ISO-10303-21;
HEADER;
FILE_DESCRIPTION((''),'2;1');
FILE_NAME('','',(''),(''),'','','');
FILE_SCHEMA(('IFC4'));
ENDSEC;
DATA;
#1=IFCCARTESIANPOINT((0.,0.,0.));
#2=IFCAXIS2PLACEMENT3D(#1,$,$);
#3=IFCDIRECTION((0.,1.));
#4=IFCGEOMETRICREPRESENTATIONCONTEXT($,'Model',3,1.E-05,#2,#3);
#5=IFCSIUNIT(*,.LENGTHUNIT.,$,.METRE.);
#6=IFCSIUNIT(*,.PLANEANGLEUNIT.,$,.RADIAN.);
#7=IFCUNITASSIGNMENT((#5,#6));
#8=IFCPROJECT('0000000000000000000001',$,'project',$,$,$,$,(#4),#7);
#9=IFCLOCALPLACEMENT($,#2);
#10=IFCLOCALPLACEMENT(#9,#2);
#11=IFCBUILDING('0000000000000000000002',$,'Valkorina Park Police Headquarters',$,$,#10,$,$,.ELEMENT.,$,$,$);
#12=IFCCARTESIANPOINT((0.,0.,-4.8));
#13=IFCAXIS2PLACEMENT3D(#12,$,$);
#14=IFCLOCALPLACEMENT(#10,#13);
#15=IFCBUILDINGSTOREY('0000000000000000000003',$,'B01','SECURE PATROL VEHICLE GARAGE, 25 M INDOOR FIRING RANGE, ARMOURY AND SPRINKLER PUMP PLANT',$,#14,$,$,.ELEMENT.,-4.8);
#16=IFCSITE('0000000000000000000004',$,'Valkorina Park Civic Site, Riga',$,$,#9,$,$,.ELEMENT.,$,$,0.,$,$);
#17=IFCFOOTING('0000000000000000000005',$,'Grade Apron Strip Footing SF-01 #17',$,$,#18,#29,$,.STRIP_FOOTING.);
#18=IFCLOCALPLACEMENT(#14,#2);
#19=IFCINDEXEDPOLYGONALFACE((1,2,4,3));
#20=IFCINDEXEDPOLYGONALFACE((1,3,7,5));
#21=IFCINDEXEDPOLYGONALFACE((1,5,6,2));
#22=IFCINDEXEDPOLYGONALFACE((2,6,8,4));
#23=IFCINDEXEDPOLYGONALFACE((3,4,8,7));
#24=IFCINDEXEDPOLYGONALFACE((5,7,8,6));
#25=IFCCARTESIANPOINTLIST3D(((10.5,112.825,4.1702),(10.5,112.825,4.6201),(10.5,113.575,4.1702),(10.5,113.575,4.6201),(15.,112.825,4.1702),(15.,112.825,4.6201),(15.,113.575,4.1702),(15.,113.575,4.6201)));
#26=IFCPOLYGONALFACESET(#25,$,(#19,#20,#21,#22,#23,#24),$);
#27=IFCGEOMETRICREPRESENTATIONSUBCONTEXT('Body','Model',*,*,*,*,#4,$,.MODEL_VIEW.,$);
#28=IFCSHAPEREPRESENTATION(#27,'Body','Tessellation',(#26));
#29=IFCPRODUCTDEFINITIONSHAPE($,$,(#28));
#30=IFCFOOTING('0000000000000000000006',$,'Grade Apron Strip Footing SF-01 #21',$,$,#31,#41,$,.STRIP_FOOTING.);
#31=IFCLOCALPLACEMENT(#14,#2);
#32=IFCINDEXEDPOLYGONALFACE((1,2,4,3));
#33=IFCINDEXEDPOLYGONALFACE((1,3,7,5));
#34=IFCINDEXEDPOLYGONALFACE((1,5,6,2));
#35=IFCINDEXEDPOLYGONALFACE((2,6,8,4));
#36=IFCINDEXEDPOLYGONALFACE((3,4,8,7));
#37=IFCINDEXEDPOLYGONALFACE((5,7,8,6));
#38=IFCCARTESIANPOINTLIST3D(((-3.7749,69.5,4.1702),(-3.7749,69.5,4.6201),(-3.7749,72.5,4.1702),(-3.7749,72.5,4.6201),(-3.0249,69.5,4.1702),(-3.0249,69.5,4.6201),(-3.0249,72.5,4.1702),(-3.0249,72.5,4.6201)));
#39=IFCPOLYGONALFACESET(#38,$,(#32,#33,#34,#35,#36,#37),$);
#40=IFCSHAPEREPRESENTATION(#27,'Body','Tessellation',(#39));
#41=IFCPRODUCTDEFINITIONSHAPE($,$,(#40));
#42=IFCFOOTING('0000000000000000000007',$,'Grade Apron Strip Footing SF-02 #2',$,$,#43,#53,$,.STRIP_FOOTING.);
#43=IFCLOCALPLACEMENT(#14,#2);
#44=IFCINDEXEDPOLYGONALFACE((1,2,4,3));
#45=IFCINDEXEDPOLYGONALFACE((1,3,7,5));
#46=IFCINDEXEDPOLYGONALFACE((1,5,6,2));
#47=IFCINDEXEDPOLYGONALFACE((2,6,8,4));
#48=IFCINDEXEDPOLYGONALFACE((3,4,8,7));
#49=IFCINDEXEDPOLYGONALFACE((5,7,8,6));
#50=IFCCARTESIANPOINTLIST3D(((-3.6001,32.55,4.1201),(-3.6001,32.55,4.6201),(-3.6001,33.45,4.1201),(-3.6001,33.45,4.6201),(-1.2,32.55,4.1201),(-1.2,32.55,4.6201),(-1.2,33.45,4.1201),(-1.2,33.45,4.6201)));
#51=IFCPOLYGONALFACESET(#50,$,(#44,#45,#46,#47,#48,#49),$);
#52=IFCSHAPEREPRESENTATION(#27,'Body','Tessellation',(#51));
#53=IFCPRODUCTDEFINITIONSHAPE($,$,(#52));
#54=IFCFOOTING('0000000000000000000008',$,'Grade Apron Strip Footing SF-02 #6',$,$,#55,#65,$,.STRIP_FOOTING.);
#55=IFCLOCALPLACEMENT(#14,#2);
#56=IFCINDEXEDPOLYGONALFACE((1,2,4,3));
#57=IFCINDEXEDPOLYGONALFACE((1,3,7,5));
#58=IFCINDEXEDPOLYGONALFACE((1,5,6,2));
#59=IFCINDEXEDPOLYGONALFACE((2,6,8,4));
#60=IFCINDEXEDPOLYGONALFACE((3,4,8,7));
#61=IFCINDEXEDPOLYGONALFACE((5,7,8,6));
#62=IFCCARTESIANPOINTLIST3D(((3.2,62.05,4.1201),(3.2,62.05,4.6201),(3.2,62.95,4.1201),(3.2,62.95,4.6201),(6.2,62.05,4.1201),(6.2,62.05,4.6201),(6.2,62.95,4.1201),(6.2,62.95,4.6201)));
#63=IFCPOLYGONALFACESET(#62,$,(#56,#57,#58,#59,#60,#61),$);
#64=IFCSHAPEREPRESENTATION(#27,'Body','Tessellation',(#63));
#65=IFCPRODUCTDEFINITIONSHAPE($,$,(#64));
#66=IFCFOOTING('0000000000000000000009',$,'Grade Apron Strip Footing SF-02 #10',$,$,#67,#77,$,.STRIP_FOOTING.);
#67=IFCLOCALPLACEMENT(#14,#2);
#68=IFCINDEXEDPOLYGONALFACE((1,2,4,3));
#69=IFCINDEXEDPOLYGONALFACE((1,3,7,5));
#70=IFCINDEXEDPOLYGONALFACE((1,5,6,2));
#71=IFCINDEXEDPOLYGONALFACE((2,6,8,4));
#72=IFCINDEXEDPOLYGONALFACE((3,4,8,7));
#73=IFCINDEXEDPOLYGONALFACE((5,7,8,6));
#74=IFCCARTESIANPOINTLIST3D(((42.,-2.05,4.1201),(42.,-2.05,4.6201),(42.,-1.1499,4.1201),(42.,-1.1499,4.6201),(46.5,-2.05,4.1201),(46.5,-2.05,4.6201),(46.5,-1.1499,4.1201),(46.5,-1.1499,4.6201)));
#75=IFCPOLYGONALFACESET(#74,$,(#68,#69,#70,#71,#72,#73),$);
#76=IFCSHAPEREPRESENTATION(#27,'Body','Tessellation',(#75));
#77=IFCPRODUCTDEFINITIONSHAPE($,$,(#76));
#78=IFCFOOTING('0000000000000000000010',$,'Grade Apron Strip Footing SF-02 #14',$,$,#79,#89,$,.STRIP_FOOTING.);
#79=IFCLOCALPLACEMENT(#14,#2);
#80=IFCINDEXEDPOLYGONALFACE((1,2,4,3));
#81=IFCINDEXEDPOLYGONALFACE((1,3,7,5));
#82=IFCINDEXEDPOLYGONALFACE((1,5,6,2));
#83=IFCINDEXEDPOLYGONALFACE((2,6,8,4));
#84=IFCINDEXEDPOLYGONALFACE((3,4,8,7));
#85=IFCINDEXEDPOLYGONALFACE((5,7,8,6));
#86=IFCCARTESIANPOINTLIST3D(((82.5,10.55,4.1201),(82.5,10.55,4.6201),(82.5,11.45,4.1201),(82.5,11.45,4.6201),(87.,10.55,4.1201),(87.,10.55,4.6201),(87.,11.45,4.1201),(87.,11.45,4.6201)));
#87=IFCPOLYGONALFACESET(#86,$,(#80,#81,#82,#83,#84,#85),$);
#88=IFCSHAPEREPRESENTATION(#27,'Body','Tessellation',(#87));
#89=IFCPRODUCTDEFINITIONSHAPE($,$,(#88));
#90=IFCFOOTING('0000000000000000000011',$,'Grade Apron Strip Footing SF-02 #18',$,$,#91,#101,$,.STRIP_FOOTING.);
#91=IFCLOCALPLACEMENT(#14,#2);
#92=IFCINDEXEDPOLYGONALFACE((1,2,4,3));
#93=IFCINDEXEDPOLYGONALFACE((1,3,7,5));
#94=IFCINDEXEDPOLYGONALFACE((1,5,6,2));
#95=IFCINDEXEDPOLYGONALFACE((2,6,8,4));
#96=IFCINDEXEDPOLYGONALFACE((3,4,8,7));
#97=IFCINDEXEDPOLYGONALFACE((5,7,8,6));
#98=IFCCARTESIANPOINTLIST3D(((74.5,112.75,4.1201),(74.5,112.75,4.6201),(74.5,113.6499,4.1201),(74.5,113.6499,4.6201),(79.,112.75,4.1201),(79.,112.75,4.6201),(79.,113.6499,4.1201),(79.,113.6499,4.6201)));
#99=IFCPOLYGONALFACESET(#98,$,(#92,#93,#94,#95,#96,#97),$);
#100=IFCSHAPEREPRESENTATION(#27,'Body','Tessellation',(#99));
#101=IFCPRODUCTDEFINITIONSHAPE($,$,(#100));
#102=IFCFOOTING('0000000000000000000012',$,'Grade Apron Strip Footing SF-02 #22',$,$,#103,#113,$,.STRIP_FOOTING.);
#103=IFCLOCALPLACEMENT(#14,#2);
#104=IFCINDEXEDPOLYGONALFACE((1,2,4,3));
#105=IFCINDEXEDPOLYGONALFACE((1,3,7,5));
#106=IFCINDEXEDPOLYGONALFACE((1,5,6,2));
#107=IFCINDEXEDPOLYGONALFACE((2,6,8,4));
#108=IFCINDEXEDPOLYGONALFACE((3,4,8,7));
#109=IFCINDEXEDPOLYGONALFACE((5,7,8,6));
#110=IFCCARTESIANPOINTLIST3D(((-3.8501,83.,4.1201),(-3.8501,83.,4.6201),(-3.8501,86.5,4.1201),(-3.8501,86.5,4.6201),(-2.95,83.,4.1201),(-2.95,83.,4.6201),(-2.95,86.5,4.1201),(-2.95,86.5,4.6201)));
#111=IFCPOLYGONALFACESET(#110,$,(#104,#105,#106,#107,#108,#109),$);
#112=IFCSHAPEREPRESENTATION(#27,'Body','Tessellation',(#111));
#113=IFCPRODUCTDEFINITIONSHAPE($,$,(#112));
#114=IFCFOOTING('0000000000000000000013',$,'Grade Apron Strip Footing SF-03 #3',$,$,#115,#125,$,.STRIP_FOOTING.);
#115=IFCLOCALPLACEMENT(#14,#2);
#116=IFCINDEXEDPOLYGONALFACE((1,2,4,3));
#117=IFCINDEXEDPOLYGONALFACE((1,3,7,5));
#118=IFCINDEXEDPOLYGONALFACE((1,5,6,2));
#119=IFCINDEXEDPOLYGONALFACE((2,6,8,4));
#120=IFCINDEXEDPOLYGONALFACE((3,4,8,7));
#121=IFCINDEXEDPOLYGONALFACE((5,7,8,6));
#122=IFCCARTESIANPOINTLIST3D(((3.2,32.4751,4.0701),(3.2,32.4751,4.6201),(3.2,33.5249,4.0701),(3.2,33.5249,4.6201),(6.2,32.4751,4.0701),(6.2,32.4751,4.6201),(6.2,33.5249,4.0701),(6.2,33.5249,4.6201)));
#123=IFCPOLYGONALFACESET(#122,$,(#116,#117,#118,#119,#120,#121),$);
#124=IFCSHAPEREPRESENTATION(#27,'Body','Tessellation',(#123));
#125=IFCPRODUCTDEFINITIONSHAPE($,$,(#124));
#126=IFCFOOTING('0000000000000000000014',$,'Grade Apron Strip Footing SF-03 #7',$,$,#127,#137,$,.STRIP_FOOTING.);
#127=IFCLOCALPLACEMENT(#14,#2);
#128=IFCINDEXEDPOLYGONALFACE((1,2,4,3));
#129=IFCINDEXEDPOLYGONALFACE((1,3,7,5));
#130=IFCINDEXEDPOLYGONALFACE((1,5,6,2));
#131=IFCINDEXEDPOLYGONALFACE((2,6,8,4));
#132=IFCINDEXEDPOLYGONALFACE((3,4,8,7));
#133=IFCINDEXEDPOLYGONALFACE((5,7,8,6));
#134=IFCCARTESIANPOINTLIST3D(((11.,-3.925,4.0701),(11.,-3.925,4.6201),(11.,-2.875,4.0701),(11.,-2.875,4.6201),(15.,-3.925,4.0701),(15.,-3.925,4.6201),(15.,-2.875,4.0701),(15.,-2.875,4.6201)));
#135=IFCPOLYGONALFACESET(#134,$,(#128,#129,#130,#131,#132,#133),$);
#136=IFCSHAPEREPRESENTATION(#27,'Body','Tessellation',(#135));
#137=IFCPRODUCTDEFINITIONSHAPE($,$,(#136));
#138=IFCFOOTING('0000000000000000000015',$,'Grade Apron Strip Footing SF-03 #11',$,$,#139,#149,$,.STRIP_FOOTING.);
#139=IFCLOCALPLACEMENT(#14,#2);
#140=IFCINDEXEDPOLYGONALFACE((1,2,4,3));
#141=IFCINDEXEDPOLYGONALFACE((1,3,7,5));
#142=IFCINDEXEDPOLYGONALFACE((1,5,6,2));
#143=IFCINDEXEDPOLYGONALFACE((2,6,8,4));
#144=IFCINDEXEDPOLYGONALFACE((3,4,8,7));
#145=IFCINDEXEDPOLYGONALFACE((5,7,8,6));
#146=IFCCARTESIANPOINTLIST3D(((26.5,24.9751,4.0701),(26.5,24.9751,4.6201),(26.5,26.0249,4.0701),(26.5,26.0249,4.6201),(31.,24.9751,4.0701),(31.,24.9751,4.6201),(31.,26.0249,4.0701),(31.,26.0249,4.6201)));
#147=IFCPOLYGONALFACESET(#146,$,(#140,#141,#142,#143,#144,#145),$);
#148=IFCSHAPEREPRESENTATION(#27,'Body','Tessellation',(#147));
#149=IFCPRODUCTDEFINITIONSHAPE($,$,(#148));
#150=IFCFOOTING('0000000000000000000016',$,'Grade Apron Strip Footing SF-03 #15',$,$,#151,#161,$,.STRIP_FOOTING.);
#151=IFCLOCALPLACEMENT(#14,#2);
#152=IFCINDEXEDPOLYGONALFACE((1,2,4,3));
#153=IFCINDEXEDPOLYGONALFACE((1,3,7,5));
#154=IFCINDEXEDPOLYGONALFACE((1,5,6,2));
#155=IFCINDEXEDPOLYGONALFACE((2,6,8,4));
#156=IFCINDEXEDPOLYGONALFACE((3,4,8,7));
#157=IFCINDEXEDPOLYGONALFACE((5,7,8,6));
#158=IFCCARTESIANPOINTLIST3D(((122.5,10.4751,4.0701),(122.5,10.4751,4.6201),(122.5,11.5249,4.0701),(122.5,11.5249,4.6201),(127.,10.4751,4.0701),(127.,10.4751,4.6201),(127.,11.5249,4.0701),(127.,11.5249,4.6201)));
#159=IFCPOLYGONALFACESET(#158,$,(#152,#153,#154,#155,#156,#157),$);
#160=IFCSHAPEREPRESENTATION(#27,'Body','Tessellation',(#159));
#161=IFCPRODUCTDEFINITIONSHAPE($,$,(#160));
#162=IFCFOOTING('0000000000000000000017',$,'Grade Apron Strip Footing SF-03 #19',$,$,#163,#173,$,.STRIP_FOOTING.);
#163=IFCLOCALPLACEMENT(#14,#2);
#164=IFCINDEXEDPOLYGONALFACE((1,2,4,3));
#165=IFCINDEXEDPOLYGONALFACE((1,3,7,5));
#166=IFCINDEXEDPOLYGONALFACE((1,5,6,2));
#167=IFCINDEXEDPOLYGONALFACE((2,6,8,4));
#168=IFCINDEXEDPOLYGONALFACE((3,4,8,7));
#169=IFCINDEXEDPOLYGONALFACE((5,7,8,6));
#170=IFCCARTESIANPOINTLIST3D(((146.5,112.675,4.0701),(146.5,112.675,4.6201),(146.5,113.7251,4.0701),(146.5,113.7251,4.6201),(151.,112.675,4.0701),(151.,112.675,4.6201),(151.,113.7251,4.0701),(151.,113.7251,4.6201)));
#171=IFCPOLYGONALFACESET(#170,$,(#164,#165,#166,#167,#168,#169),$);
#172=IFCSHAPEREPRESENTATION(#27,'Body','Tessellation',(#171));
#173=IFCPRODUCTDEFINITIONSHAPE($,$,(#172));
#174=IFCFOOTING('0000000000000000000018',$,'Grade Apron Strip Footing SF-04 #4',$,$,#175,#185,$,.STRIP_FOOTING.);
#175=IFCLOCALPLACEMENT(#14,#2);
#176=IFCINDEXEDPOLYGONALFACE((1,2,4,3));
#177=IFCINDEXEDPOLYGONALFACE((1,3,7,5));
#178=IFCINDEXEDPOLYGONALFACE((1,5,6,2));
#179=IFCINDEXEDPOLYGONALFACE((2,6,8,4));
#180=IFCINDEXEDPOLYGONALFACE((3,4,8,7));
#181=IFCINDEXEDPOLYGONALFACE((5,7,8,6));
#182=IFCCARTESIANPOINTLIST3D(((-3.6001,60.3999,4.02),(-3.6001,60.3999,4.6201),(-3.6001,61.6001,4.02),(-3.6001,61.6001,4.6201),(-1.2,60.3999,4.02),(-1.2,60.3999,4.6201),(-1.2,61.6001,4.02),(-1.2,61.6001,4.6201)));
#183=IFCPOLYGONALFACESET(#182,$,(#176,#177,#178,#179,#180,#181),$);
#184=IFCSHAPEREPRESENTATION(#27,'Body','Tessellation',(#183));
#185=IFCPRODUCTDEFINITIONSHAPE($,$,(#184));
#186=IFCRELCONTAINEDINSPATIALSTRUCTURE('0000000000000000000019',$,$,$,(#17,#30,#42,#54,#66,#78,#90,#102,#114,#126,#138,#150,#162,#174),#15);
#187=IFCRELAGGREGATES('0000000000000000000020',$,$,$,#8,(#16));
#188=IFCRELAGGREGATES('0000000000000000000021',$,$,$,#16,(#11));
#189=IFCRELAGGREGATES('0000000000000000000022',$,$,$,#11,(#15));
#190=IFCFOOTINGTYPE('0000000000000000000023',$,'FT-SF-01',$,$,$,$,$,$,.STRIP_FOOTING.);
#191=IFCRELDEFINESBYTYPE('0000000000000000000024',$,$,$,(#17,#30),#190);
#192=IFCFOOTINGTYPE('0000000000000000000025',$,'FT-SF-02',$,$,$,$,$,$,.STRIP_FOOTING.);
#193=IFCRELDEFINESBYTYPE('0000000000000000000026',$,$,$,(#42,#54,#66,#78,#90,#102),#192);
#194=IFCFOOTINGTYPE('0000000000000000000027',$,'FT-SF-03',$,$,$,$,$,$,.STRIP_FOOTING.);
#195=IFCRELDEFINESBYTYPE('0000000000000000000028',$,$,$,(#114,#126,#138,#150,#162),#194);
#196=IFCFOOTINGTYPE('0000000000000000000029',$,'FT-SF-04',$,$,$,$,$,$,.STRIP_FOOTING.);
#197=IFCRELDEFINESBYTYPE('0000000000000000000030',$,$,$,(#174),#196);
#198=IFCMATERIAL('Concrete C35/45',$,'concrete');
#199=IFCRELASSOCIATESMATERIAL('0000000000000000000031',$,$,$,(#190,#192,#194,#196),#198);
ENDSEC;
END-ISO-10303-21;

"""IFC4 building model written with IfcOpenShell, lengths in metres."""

from ifc_helpers import new_model, si_unit, direction, frame, origin, origin_2d, place, context, subcontext, project, spatial, polyline, rectangle, outline, extrude, material, material_profile, profile_set, type_object, element, save


model = new_model("IFC4")

# Units and contexts
model_context = context("Model", 3, precision=1e-05, world=origin(), true_north=direction((0.0, 1.0)))
body_context = subcontext(model_context, "Body", "Model", "MODEL_VIEW")
ifc_project = project(units=[si_unit("LENGTHUNIT", "METRE"), si_unit("PLANEANGLEUNIT", "RADIAN")], contexts=[model_context])

# Site, building, storey
site_placement = place(None, origin())
site = spatial("IfcSite", under=ifc_project, at=site_placement, Name="Valkorina Park Civic Site, Riga", CompositionType="ELEMENT", RefElevation=0.0)
building_placement = place(site_placement, origin())
building = spatial("IfcBuilding", under=site, at=building_placement, Name="Valkorina Park Police Headquarters", CompositionType="ELEMENT")
storey_placement = place(building_placement, frame((0.0, 0.0, -4.8)))
storey = spatial("IfcBuildingStorey", under=building, at=storey_placement, Name="B01", Description="SECURE PATROL VEHICLE GARAGE, 25 M INDOOR FIRING RANGE, ARMOURY AND SPRINKLER PUMP PLANT", CompositionType="ELEMENT", Elevation=-4.8)

# Footings
ifc_material_1 = material(Name="Concrete C35/45", Category="concrete")
ifc_material_profile_1 = material_profile(ifc_material_1, rectangle(XDim=0.75, YDim=0.45, at=origin_2d()), Name="SF 750x450")
ifc_profile_set_1 = profile_set([ifc_material_profile_1], Name="Concrete C35/45")
footing_type_1 = type_object("IfcFootingType", Name="FT-SF-01", PredefinedType="STRIP_FOOTING", material=ifc_profile_set_1)
footing_1_placement = place(storey_placement, frame((0.0, 0.0, 4.1702)))
element("IfcFooting", 1, at=footing_1_placement, inside=storey, type_object=footing_type_1, Name="Grade Apron Strip Footing SF-01 #17", PredefinedType="STRIP_FOOTING", context=body_context, shape_type="SweptSolid", body=[
    extrude(outline(polyline([(15.0, 112.825), (15.0, 113.575), (10.5, 113.575), (10.5, 112.825), (15.0, 112.825)])), origin(), (0.0, 0.0, 1.0), 0.45),
])
footing_2_placement = place(storey_placement, frame((0.0, 0.0, 4.1702)))
element("IfcFooting", 2, at=footing_2_placement, inside=storey, type_object=footing_type_1, Name="Grade Apron Strip Footing SF-01 #21", PredefinedType="STRIP_FOOTING", context=body_context, shape_type="SweptSolid", body=[
    extrude(outline(polyline([(-3.0249, 69.5), (-3.0249, 72.5), (-3.7749, 72.5), (-3.7749, 69.5), (-3.0249, 69.5)])), origin(), (0.0, 0.0, 1.0), 0.45),
])
ifc_material_profile_2 = material_profile(ifc_material_1, rectangle(XDim=0.8999, YDim=0.5, at=origin_2d()), Name="SF 900x500")
ifc_profile_set_2 = profile_set([ifc_material_profile_2], Name="Concrete C35/45")
footing_type_2 = type_object("IfcFootingType", Name="FT-SF-02", PredefinedType="STRIP_FOOTING", material=ifc_profile_set_2)
footing_3_placement = place(storey_placement, frame((0.0, 0.0, 4.1201)))
element("IfcFooting", 3, at=footing_3_placement, inside=storey, type_object=footing_type_2, Name="Grade Apron Strip Footing SF-02 #2", PredefinedType="STRIP_FOOTING", context=body_context, shape_type="SweptSolid", body=[
    extrude(outline(polyline([(-1.2, 32.55), (-1.2, 33.45), (-3.6001, 33.45), (-3.6001, 32.55), (-1.2, 32.55)])), origin(), (0.0, 0.0, 1.0), 0.5),
])
footing_4_placement = place(storey_placement, frame((0.0, 0.0, 4.1201)))
element("IfcFooting", 4, at=footing_4_placement, inside=storey, type_object=footing_type_2, Name="Grade Apron Strip Footing SF-02 #6", PredefinedType="STRIP_FOOTING", context=body_context, shape_type="SweptSolid", body=[
    extrude(outline(polyline([(6.2, 62.05), (6.2, 62.95), (3.2, 62.95), (3.2, 62.05), (6.2, 62.05)])), origin(), (0.0, 0.0, 1.0), 0.5),
])
footing_5_placement = place(storey_placement, frame((0.0, 0.0, 4.1201)))
element("IfcFooting", 5, at=footing_5_placement, inside=storey, type_object=footing_type_2, Name="Grade Apron Strip Footing SF-02 #10", PredefinedType="STRIP_FOOTING", context=body_context, shape_type="SweptSolid", body=[
    extrude(outline(polyline([(46.5, -2.05), (46.5, -1.1499), (42.0, -1.1499), (42.0, -2.05), (46.5, -2.05)])), origin(), (0.0, 0.0, 1.0), 0.5),
])
footing_6_placement = place(storey_placement, frame((0.0, 0.0, 4.1201)))
element("IfcFooting", 6, at=footing_6_placement, inside=storey, type_object=footing_type_2, Name="Grade Apron Strip Footing SF-02 #14", PredefinedType="STRIP_FOOTING", context=body_context, shape_type="SweptSolid", body=[
    extrude(outline(polyline([(87.0, 10.55), (87.0, 11.45), (82.5, 11.45), (82.5, 10.55), (87.0, 10.55)])), origin(), (0.0, 0.0, 1.0), 0.5),
])
footing_7_placement = place(storey_placement, frame((0.0, 0.0, 4.1201)))
element("IfcFooting", 7, at=footing_7_placement, inside=storey, type_object=footing_type_2, Name="Grade Apron Strip Footing SF-02 #18", PredefinedType="STRIP_FOOTING", context=body_context, shape_type="SweptSolid", body=[
    extrude(outline(polyline([(79.0, 112.75), (79.0, 113.6499), (74.5, 113.6499), (74.5, 112.75), (79.0, 112.75)])), origin(), (0.0, 0.0, 1.0), 0.5),
])
footing_8_placement = place(storey_placement, frame((0.0, 0.0, 4.1201)))
element("IfcFooting", 8, at=footing_8_placement, inside=storey, type_object=footing_type_2, Name="Grade Apron Strip Footing SF-02 #22", PredefinedType="STRIP_FOOTING", context=body_context, shape_type="SweptSolid", body=[
    extrude(outline(polyline([(-2.95, 83.0), (-2.95, 86.5), (-3.8501, 86.5), (-3.8501, 83.0), (-2.95, 83.0)])), origin(), (0.0, 0.0, 1.0), 0.5),
])
ifc_material_profile_3 = material_profile(ifc_material_1, rectangle(XDim=1.05, YDim=0.55, at=origin_2d()), Name="SF 1050x550")
ifc_profile_set_3 = profile_set([ifc_material_profile_3], Name="Concrete C35/45")
footing_type_3 = type_object("IfcFootingType", Name="FT-SF-03", PredefinedType="STRIP_FOOTING", material=ifc_profile_set_3)
footing_9_placement = place(storey_placement, frame((0.0, 0.0, 4.0701)))
element("IfcFooting", 9, at=footing_9_placement, inside=storey, type_object=footing_type_3, Name="Grade Apron Strip Footing SF-03 #3", PredefinedType="STRIP_FOOTING", context=body_context, shape_type="SweptSolid", body=[
    extrude(outline(polyline([(6.2, 32.4751), (6.2, 33.5249), (3.2, 33.5249), (3.2, 32.4751), (6.2, 32.4751)])), origin(), (0.0, 0.0, 1.0), 0.55),
])
footing_10_placement = place(storey_placement, frame((0.0, 0.0, 4.0701)))
element("IfcFooting", 10, at=footing_10_placement, inside=storey, type_object=footing_type_3, Name="Grade Apron Strip Footing SF-03 #7", PredefinedType="STRIP_FOOTING", context=body_context, shape_type="SweptSolid", body=[
    extrude(outline(polyline([(15.0, -3.925), (15.0, -2.875), (11.0, -2.875), (11.0, -3.925), (15.0, -3.925)])), origin(), (0.0, 0.0, 1.0), 0.55),
])
footing_11_placement = place(storey_placement, frame((0.0, 0.0, 4.0701)))
element("IfcFooting", 11, at=footing_11_placement, inside=storey, type_object=footing_type_3, Name="Grade Apron Strip Footing SF-03 #11", PredefinedType="STRIP_FOOTING", context=body_context, shape_type="SweptSolid", body=[
    extrude(outline(polyline([(31.0, 24.9751), (31.0, 26.0249), (26.5, 26.0249), (26.5, 24.9751), (31.0, 24.9751)])), origin(), (0.0, 0.0, 1.0), 0.55),
])
footing_12_placement = place(storey_placement, frame((0.0, 0.0, 4.0701)))
element("IfcFooting", 12, at=footing_12_placement, inside=storey, type_object=footing_type_3, Name="Grade Apron Strip Footing SF-03 #15", PredefinedType="STRIP_FOOTING", context=body_context, shape_type="SweptSolid", body=[
    extrude(outline(polyline([(127.0, 10.4751), (127.0, 11.5249), (122.5, 11.5249), (122.5, 10.4751), (127.0, 10.4751)])), origin(), (0.0, 0.0, 1.0), 0.55),
])
footing_13_placement = place(storey_placement, frame((0.0, 0.0, 4.0701)))
element("IfcFooting", 13, at=footing_13_placement, inside=storey, type_object=footing_type_3, Name="Grade Apron Strip Footing SF-03 #19", PredefinedType="STRIP_FOOTING", context=body_context, shape_type="SweptSolid", body=[
    extrude(outline(polyline([(151.0, 112.675), (151.0, 113.7251), (146.5, 113.7251), (146.5, 112.675), (151.0, 112.675)])), origin(), (0.0, 0.0, 1.0), 0.55),
])
ifc_material_profile_4 = material_profile(ifc_material_1, rectangle(XDim=1.2, YDim=0.6001, at=origin_2d()), Name="SF 1200x600")
ifc_profile_set_4 = profile_set([ifc_material_profile_4], Name="Concrete C35/45")
footing_type_4 = type_object("IfcFootingType", Name="FT-SF-04", PredefinedType="STRIP_FOOTING", material=ifc_profile_set_4)
footing_14_placement = place(storey_placement, frame((0.0, 0.0, 4.02)))
element("IfcFooting", 14, at=footing_14_placement, inside=storey, type_object=footing_type_4, Name="Grade Apron Strip Footing SF-04 #4", PredefinedType="STRIP_FOOTING", context=body_context, shape_type="SweptSolid", body=[
    extrude(outline(polyline([(-1.2, 60.3999), (-1.2, 61.6001), (-3.6001, 61.6001), (-3.6001, 60.3999), (-1.2, 60.3999)])), origin(), (0.0, 0.0, 1.0), 0.6001),
])

save(model, "model.ifc")
